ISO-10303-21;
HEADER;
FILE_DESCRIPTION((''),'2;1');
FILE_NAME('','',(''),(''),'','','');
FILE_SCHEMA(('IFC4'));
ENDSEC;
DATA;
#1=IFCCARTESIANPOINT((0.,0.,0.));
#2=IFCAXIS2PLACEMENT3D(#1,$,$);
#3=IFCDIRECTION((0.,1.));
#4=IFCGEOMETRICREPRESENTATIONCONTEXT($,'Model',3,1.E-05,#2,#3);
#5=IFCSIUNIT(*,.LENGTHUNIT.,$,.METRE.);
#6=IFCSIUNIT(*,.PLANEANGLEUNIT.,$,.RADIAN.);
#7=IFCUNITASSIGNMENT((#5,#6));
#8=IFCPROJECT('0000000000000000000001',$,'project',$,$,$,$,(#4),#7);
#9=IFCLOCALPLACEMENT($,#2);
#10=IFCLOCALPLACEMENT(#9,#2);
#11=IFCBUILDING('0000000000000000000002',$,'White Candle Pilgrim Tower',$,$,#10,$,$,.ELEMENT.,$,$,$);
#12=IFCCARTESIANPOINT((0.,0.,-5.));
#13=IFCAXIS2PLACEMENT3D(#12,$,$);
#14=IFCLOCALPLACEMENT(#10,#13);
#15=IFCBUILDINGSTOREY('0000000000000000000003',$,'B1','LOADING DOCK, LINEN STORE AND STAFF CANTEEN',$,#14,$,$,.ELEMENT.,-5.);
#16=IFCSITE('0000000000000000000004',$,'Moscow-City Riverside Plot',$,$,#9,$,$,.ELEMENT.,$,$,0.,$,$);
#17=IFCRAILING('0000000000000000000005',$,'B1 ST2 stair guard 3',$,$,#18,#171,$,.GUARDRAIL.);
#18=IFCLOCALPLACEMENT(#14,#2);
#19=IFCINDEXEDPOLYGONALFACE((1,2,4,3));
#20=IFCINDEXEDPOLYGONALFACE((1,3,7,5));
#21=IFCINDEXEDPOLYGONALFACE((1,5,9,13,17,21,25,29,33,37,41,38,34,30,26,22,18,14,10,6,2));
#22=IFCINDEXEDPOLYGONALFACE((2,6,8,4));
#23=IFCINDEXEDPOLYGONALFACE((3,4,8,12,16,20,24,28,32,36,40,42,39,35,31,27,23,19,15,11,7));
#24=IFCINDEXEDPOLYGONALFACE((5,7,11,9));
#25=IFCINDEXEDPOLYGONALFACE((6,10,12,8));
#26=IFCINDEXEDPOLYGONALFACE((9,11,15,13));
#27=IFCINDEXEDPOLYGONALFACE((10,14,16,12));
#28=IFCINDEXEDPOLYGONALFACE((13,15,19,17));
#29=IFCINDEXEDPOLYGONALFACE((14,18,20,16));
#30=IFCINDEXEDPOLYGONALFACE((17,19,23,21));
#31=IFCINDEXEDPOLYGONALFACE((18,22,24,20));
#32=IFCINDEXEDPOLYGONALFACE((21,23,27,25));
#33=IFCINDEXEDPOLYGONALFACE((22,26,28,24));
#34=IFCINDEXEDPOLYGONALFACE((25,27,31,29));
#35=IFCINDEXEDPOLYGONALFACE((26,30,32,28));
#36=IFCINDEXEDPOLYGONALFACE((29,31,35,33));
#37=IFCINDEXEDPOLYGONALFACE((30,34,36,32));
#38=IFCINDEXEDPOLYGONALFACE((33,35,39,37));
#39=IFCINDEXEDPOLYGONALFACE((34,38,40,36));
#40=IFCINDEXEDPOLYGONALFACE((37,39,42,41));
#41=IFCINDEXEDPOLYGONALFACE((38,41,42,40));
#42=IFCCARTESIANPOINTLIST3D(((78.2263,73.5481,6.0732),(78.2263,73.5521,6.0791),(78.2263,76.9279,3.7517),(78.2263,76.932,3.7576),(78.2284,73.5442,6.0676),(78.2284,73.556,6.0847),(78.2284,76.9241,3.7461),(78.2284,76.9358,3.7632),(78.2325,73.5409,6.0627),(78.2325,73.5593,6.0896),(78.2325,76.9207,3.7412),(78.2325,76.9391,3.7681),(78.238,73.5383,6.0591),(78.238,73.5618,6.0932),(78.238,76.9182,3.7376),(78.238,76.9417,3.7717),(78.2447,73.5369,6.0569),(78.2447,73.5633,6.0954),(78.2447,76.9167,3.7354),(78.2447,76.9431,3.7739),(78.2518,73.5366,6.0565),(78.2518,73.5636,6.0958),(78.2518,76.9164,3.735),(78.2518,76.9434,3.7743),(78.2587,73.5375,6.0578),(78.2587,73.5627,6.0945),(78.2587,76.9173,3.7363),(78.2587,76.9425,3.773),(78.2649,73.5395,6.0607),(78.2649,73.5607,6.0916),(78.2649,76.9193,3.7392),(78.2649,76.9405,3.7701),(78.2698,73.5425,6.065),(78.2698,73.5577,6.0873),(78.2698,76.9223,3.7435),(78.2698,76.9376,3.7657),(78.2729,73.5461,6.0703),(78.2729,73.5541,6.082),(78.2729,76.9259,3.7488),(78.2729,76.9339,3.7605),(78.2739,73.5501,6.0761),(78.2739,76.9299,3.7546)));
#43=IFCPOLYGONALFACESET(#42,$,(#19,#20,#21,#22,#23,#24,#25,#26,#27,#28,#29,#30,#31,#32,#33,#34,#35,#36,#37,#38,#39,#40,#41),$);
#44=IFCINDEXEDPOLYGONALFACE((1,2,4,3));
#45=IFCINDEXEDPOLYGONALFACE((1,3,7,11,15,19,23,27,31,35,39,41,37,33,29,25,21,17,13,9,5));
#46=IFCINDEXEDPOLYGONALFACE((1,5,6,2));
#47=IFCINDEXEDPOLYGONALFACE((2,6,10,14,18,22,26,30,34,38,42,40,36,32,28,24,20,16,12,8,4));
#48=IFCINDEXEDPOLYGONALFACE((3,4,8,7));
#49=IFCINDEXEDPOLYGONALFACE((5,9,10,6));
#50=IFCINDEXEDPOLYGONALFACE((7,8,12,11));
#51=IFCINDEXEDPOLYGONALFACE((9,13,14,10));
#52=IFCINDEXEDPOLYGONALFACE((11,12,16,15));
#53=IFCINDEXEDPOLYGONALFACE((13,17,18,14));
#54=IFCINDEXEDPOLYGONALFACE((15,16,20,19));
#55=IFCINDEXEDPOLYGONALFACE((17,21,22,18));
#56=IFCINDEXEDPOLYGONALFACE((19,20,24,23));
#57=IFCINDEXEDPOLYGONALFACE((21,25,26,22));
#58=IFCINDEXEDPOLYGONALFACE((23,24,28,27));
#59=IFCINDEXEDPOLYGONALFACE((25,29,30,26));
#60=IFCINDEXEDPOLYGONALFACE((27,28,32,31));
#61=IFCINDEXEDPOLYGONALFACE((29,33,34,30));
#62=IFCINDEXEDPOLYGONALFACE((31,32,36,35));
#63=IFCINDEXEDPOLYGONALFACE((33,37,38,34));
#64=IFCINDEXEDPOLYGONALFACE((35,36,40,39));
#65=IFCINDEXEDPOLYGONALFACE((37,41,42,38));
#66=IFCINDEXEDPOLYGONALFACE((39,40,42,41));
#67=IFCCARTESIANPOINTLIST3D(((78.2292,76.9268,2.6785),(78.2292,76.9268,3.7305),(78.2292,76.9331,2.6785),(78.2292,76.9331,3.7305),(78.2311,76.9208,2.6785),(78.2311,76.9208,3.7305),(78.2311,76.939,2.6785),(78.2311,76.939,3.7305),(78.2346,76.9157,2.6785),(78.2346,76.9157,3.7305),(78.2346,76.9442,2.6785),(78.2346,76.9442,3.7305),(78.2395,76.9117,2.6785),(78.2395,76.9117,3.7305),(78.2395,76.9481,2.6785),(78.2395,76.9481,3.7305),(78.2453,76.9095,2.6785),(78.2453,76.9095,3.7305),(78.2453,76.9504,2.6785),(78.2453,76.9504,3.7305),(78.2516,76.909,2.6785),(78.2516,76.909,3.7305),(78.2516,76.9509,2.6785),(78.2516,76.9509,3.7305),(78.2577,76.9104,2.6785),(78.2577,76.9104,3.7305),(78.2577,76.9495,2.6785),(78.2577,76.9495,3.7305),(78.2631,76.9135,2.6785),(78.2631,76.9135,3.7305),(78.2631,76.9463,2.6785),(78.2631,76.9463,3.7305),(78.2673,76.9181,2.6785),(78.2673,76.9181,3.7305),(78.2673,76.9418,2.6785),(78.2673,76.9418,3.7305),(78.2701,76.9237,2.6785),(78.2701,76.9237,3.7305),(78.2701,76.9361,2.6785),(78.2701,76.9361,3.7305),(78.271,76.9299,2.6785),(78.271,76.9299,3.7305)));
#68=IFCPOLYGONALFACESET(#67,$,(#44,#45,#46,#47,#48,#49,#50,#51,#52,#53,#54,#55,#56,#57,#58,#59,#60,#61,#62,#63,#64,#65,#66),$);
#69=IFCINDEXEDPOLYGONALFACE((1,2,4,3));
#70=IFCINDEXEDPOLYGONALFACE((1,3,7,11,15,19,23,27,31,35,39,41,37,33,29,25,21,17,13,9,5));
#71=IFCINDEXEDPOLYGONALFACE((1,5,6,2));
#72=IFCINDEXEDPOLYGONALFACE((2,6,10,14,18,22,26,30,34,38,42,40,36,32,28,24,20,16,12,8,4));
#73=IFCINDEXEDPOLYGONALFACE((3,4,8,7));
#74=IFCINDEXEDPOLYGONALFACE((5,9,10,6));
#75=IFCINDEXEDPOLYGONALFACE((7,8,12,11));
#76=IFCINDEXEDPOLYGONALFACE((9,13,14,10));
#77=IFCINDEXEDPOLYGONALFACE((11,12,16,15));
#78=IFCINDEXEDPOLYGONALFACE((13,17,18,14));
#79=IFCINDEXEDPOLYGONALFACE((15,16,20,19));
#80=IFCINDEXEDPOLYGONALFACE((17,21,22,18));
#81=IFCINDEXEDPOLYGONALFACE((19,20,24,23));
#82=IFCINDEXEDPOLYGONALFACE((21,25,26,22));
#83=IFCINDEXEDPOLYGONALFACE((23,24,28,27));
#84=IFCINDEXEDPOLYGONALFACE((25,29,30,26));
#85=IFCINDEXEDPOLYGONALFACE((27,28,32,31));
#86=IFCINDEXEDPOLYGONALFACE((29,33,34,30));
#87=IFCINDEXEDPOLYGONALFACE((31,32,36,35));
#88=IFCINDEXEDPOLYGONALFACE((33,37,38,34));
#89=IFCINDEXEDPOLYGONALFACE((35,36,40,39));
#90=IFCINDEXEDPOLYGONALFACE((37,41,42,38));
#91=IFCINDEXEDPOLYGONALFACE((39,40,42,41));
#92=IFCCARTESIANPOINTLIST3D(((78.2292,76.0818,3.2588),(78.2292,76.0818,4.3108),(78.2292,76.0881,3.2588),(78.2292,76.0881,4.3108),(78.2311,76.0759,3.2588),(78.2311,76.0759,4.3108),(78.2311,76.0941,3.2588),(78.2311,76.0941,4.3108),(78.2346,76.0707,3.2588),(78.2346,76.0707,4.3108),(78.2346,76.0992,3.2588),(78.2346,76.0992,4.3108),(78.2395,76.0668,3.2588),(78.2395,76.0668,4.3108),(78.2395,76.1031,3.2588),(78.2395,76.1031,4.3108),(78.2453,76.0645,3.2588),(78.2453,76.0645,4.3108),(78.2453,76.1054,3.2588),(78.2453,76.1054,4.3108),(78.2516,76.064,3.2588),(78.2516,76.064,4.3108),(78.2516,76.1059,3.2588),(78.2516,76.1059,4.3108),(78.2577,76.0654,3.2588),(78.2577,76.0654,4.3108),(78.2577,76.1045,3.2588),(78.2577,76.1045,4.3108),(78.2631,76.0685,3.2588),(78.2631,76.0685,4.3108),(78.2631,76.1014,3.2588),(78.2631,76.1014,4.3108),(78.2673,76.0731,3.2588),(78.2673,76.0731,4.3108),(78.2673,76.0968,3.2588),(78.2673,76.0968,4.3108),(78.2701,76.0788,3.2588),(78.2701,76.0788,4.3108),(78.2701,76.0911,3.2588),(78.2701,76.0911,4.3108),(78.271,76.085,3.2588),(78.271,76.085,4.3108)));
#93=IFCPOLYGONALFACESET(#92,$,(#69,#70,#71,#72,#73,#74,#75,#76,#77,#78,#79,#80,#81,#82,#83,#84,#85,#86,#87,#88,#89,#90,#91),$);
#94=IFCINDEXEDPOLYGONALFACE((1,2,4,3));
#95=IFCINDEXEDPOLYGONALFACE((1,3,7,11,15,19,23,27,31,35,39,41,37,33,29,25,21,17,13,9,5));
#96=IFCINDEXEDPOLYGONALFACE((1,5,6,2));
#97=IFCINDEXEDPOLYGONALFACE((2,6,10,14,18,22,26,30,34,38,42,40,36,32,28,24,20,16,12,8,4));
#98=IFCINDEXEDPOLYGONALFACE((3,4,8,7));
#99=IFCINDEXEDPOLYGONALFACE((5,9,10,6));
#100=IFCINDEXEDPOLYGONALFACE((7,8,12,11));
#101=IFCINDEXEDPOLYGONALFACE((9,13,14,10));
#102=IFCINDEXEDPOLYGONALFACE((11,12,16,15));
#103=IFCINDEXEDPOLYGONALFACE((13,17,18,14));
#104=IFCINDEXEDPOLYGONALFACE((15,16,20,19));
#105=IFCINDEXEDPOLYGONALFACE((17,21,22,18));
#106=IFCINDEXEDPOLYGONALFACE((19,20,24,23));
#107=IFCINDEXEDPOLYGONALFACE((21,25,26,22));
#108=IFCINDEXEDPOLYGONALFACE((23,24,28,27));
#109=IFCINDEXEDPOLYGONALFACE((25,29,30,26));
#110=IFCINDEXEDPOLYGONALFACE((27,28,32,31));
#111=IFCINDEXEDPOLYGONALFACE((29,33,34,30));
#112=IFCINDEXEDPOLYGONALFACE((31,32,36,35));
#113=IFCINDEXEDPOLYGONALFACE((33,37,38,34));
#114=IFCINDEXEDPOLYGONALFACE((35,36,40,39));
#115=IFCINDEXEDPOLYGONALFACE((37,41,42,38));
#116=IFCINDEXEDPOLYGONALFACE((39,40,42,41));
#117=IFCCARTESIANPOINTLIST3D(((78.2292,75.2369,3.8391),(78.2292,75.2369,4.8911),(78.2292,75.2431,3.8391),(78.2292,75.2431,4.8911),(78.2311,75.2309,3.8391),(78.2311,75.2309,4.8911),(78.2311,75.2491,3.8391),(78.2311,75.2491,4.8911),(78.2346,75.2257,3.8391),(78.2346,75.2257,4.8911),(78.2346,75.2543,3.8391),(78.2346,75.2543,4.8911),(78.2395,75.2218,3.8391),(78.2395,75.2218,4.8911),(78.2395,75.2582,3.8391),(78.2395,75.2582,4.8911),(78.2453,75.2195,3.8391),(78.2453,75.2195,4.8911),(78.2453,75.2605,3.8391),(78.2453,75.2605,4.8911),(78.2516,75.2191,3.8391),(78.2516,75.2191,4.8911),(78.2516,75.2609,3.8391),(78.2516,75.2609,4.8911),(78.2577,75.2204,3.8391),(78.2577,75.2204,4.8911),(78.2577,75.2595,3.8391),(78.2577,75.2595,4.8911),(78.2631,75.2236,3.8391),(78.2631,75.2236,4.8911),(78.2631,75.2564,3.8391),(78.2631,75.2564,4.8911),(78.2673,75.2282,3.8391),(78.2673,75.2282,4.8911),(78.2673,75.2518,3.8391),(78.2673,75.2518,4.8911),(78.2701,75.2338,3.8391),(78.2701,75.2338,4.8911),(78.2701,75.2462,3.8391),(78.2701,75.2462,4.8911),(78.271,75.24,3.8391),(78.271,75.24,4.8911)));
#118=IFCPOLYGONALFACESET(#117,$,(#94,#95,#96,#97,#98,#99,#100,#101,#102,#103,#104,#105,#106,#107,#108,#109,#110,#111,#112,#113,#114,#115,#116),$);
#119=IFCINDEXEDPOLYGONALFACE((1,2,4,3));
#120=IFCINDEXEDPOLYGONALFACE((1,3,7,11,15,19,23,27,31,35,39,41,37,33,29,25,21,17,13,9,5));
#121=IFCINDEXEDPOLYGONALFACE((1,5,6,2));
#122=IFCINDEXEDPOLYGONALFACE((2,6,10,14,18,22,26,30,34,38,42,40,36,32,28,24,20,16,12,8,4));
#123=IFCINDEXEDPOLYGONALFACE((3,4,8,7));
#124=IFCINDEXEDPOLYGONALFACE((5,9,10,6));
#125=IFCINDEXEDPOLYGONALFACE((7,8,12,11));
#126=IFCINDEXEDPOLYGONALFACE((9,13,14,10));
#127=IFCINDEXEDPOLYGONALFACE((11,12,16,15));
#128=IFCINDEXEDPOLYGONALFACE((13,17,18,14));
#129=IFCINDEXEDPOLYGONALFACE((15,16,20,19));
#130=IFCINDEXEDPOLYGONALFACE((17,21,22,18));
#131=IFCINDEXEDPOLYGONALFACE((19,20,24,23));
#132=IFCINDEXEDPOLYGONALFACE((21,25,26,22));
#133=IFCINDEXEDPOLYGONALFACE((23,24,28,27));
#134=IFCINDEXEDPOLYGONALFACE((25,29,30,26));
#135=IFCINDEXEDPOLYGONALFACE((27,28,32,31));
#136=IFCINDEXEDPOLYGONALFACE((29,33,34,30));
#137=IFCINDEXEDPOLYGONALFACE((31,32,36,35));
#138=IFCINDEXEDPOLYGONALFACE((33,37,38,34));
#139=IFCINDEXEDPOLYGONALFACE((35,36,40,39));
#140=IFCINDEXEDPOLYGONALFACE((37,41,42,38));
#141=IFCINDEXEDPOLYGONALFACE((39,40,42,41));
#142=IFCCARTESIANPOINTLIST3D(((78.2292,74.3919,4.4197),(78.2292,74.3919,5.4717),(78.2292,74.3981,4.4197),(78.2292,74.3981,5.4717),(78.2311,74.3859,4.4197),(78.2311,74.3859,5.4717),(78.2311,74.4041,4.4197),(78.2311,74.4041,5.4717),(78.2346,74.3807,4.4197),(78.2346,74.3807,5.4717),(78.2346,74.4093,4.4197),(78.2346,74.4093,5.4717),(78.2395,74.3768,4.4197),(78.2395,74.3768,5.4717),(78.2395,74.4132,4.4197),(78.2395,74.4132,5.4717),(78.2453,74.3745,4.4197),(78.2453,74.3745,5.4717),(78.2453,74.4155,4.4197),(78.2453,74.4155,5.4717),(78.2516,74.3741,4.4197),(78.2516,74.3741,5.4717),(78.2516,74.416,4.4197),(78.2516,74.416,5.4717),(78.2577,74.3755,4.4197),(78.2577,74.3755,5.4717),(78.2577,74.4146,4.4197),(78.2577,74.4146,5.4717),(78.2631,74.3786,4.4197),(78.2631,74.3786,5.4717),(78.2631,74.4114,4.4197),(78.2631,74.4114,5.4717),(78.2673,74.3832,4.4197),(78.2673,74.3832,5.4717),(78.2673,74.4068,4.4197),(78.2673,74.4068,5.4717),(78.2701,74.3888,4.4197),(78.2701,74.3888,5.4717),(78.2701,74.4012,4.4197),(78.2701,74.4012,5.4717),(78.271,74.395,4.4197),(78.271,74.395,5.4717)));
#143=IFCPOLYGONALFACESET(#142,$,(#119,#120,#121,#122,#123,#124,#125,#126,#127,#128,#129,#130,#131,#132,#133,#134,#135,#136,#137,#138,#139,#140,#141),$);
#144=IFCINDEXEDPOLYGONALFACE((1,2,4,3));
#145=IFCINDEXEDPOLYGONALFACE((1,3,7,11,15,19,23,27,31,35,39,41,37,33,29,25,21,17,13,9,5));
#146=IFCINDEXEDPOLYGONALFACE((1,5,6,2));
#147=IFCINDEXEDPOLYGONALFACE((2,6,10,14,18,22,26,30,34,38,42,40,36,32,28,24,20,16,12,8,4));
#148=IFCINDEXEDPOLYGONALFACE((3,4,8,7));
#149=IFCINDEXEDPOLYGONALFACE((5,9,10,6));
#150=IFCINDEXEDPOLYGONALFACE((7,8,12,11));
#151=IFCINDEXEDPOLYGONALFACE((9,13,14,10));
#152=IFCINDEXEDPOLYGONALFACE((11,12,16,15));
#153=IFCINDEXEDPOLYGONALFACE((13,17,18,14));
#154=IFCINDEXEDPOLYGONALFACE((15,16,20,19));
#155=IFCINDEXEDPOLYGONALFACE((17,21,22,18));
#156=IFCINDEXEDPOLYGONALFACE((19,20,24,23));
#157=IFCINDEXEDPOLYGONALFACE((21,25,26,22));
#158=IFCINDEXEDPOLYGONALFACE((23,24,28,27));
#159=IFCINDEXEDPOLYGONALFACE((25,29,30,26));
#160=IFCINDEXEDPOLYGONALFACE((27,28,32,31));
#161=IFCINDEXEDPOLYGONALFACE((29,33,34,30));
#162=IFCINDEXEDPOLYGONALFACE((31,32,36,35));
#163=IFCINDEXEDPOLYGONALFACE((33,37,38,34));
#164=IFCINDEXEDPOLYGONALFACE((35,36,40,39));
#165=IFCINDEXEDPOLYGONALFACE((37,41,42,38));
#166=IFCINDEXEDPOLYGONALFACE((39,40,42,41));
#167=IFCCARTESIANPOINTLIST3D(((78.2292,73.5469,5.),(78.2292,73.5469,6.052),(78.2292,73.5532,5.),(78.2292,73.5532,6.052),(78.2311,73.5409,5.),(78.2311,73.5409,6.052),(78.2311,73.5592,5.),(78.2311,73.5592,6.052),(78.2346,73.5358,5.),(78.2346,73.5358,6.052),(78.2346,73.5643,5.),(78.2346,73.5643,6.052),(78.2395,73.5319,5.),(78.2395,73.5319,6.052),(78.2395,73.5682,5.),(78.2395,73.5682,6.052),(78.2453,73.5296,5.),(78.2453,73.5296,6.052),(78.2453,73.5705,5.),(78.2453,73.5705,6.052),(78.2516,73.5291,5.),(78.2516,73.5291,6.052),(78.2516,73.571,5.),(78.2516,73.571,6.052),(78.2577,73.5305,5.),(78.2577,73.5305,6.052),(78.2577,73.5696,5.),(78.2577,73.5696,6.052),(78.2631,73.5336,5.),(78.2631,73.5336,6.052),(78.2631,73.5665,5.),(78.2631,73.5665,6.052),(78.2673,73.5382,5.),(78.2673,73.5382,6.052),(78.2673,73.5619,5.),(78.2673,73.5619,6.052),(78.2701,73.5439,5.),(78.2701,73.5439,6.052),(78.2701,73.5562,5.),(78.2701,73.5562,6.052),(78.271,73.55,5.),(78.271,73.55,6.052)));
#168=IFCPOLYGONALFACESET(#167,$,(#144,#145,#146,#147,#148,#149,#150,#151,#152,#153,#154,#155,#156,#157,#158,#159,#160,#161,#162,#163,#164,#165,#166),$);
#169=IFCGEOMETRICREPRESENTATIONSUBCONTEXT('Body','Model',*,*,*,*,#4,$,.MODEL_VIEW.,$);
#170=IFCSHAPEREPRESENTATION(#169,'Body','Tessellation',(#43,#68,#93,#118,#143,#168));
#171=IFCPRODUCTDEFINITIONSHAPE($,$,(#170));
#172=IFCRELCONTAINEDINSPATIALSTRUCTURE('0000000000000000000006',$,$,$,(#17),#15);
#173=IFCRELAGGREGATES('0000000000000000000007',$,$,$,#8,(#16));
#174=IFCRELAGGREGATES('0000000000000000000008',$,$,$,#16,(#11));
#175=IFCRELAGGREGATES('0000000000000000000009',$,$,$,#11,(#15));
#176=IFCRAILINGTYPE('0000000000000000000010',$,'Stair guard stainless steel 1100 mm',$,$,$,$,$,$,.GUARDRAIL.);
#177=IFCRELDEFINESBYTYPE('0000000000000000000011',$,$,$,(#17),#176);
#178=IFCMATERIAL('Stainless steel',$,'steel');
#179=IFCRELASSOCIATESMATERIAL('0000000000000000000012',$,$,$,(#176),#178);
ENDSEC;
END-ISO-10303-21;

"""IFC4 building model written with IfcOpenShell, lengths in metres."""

from ifc_helpers import new_model, si_unit, direction, frame, origin, origin_2d, place, context, subcontext, project, spatial, circle, extrude, material, type_object, element, save


model = new_model("IFC4")

# Units and contexts
model_context = context("Model", 3, precision=1e-05, world=origin(), true_north=direction((0.0, 1.0)))
body_context = subcontext(model_context, "Body", "Model", "MODEL_VIEW")
ifc_project = project(units=[si_unit("LENGTHUNIT", "METRE"), si_unit("PLANEANGLEUNIT", "RADIAN")], contexts=[model_context])

# Site, building, storey
site_placement = place(None, origin())
site = spatial("IfcSite", under=ifc_project, at=site_placement, Name="Moscow-City Riverside Plot", CompositionType="ELEMENT", RefElevation=0.0)
building_placement = place(site_placement, origin())
building = spatial("IfcBuilding", under=site, at=building_placement, Name="White Candle Pilgrim Tower", CompositionType="ELEMENT")
storey_placement = place(building_placement, frame((0.0, 0.0, -5.0)))
storey = spatial("IfcBuildingStorey", under=building, at=storey_placement, Name="B1", Description="LOADING DOCK, LINEN STORE AND STAFF CANTEEN", CompositionType="ELEMENT", Elevation=-5.0)

# Railing
ifc_material_1 = material(Name="Stainless steel", Category="steel")
railing_type_1 = type_object("IfcRailingType", Name="Stair guard stainless steel 1100 mm", PredefinedType="GUARDRAIL", material=ifc_material_1)
railing_1_placement = place(storey_placement, frame((78.25, 76.9299, 2.6785)))
element("IfcRailing", 1, at=railing_1_placement, inside=storey, type_object=railing_type_1, Name="B1 ST2 stair guard 3", PredefinedType="GUARDRAIL", context=body_context, shape_type="SweptSolid", body=[
    extrude(circle(Radius=0.0239, at=origin_2d()), frame((0.0, 0.0, 1.0762), z_axis=(0.0, -0.824285, 0.566175), x_axis=(1.0, 0.0, 0.0)), (0.0, 0.0, 1.0), 4.1003),
    extrude(circle(Radius=0.021, at=origin_2d()), origin(), (0.0, 0.0, 1.0), 1.052),
    extrude(circle(Radius=0.021, at=origin_2d()), frame((0.0, -0.845, 0.5803)), (0.0, 0.0, 1.0), 1.052),
    extrude(circle(Radius=0.021, at=origin_2d()), frame((0.0, -1.6899, 1.1606)), (0.0, 0.0, 1.0), 1.052),
    extrude(circle(Radius=0.021, at=origin_2d()), frame((0.0, -2.5349, 1.7412)), (0.0, 0.0, 1.0), 1.052),
    extrude(circle(Radius=0.021, at=origin_2d()), frame((0.0, -3.3799, 2.3215)), (0.0, 0.0, 1.0), 1.052),
])

save(model, "model.ifc")
